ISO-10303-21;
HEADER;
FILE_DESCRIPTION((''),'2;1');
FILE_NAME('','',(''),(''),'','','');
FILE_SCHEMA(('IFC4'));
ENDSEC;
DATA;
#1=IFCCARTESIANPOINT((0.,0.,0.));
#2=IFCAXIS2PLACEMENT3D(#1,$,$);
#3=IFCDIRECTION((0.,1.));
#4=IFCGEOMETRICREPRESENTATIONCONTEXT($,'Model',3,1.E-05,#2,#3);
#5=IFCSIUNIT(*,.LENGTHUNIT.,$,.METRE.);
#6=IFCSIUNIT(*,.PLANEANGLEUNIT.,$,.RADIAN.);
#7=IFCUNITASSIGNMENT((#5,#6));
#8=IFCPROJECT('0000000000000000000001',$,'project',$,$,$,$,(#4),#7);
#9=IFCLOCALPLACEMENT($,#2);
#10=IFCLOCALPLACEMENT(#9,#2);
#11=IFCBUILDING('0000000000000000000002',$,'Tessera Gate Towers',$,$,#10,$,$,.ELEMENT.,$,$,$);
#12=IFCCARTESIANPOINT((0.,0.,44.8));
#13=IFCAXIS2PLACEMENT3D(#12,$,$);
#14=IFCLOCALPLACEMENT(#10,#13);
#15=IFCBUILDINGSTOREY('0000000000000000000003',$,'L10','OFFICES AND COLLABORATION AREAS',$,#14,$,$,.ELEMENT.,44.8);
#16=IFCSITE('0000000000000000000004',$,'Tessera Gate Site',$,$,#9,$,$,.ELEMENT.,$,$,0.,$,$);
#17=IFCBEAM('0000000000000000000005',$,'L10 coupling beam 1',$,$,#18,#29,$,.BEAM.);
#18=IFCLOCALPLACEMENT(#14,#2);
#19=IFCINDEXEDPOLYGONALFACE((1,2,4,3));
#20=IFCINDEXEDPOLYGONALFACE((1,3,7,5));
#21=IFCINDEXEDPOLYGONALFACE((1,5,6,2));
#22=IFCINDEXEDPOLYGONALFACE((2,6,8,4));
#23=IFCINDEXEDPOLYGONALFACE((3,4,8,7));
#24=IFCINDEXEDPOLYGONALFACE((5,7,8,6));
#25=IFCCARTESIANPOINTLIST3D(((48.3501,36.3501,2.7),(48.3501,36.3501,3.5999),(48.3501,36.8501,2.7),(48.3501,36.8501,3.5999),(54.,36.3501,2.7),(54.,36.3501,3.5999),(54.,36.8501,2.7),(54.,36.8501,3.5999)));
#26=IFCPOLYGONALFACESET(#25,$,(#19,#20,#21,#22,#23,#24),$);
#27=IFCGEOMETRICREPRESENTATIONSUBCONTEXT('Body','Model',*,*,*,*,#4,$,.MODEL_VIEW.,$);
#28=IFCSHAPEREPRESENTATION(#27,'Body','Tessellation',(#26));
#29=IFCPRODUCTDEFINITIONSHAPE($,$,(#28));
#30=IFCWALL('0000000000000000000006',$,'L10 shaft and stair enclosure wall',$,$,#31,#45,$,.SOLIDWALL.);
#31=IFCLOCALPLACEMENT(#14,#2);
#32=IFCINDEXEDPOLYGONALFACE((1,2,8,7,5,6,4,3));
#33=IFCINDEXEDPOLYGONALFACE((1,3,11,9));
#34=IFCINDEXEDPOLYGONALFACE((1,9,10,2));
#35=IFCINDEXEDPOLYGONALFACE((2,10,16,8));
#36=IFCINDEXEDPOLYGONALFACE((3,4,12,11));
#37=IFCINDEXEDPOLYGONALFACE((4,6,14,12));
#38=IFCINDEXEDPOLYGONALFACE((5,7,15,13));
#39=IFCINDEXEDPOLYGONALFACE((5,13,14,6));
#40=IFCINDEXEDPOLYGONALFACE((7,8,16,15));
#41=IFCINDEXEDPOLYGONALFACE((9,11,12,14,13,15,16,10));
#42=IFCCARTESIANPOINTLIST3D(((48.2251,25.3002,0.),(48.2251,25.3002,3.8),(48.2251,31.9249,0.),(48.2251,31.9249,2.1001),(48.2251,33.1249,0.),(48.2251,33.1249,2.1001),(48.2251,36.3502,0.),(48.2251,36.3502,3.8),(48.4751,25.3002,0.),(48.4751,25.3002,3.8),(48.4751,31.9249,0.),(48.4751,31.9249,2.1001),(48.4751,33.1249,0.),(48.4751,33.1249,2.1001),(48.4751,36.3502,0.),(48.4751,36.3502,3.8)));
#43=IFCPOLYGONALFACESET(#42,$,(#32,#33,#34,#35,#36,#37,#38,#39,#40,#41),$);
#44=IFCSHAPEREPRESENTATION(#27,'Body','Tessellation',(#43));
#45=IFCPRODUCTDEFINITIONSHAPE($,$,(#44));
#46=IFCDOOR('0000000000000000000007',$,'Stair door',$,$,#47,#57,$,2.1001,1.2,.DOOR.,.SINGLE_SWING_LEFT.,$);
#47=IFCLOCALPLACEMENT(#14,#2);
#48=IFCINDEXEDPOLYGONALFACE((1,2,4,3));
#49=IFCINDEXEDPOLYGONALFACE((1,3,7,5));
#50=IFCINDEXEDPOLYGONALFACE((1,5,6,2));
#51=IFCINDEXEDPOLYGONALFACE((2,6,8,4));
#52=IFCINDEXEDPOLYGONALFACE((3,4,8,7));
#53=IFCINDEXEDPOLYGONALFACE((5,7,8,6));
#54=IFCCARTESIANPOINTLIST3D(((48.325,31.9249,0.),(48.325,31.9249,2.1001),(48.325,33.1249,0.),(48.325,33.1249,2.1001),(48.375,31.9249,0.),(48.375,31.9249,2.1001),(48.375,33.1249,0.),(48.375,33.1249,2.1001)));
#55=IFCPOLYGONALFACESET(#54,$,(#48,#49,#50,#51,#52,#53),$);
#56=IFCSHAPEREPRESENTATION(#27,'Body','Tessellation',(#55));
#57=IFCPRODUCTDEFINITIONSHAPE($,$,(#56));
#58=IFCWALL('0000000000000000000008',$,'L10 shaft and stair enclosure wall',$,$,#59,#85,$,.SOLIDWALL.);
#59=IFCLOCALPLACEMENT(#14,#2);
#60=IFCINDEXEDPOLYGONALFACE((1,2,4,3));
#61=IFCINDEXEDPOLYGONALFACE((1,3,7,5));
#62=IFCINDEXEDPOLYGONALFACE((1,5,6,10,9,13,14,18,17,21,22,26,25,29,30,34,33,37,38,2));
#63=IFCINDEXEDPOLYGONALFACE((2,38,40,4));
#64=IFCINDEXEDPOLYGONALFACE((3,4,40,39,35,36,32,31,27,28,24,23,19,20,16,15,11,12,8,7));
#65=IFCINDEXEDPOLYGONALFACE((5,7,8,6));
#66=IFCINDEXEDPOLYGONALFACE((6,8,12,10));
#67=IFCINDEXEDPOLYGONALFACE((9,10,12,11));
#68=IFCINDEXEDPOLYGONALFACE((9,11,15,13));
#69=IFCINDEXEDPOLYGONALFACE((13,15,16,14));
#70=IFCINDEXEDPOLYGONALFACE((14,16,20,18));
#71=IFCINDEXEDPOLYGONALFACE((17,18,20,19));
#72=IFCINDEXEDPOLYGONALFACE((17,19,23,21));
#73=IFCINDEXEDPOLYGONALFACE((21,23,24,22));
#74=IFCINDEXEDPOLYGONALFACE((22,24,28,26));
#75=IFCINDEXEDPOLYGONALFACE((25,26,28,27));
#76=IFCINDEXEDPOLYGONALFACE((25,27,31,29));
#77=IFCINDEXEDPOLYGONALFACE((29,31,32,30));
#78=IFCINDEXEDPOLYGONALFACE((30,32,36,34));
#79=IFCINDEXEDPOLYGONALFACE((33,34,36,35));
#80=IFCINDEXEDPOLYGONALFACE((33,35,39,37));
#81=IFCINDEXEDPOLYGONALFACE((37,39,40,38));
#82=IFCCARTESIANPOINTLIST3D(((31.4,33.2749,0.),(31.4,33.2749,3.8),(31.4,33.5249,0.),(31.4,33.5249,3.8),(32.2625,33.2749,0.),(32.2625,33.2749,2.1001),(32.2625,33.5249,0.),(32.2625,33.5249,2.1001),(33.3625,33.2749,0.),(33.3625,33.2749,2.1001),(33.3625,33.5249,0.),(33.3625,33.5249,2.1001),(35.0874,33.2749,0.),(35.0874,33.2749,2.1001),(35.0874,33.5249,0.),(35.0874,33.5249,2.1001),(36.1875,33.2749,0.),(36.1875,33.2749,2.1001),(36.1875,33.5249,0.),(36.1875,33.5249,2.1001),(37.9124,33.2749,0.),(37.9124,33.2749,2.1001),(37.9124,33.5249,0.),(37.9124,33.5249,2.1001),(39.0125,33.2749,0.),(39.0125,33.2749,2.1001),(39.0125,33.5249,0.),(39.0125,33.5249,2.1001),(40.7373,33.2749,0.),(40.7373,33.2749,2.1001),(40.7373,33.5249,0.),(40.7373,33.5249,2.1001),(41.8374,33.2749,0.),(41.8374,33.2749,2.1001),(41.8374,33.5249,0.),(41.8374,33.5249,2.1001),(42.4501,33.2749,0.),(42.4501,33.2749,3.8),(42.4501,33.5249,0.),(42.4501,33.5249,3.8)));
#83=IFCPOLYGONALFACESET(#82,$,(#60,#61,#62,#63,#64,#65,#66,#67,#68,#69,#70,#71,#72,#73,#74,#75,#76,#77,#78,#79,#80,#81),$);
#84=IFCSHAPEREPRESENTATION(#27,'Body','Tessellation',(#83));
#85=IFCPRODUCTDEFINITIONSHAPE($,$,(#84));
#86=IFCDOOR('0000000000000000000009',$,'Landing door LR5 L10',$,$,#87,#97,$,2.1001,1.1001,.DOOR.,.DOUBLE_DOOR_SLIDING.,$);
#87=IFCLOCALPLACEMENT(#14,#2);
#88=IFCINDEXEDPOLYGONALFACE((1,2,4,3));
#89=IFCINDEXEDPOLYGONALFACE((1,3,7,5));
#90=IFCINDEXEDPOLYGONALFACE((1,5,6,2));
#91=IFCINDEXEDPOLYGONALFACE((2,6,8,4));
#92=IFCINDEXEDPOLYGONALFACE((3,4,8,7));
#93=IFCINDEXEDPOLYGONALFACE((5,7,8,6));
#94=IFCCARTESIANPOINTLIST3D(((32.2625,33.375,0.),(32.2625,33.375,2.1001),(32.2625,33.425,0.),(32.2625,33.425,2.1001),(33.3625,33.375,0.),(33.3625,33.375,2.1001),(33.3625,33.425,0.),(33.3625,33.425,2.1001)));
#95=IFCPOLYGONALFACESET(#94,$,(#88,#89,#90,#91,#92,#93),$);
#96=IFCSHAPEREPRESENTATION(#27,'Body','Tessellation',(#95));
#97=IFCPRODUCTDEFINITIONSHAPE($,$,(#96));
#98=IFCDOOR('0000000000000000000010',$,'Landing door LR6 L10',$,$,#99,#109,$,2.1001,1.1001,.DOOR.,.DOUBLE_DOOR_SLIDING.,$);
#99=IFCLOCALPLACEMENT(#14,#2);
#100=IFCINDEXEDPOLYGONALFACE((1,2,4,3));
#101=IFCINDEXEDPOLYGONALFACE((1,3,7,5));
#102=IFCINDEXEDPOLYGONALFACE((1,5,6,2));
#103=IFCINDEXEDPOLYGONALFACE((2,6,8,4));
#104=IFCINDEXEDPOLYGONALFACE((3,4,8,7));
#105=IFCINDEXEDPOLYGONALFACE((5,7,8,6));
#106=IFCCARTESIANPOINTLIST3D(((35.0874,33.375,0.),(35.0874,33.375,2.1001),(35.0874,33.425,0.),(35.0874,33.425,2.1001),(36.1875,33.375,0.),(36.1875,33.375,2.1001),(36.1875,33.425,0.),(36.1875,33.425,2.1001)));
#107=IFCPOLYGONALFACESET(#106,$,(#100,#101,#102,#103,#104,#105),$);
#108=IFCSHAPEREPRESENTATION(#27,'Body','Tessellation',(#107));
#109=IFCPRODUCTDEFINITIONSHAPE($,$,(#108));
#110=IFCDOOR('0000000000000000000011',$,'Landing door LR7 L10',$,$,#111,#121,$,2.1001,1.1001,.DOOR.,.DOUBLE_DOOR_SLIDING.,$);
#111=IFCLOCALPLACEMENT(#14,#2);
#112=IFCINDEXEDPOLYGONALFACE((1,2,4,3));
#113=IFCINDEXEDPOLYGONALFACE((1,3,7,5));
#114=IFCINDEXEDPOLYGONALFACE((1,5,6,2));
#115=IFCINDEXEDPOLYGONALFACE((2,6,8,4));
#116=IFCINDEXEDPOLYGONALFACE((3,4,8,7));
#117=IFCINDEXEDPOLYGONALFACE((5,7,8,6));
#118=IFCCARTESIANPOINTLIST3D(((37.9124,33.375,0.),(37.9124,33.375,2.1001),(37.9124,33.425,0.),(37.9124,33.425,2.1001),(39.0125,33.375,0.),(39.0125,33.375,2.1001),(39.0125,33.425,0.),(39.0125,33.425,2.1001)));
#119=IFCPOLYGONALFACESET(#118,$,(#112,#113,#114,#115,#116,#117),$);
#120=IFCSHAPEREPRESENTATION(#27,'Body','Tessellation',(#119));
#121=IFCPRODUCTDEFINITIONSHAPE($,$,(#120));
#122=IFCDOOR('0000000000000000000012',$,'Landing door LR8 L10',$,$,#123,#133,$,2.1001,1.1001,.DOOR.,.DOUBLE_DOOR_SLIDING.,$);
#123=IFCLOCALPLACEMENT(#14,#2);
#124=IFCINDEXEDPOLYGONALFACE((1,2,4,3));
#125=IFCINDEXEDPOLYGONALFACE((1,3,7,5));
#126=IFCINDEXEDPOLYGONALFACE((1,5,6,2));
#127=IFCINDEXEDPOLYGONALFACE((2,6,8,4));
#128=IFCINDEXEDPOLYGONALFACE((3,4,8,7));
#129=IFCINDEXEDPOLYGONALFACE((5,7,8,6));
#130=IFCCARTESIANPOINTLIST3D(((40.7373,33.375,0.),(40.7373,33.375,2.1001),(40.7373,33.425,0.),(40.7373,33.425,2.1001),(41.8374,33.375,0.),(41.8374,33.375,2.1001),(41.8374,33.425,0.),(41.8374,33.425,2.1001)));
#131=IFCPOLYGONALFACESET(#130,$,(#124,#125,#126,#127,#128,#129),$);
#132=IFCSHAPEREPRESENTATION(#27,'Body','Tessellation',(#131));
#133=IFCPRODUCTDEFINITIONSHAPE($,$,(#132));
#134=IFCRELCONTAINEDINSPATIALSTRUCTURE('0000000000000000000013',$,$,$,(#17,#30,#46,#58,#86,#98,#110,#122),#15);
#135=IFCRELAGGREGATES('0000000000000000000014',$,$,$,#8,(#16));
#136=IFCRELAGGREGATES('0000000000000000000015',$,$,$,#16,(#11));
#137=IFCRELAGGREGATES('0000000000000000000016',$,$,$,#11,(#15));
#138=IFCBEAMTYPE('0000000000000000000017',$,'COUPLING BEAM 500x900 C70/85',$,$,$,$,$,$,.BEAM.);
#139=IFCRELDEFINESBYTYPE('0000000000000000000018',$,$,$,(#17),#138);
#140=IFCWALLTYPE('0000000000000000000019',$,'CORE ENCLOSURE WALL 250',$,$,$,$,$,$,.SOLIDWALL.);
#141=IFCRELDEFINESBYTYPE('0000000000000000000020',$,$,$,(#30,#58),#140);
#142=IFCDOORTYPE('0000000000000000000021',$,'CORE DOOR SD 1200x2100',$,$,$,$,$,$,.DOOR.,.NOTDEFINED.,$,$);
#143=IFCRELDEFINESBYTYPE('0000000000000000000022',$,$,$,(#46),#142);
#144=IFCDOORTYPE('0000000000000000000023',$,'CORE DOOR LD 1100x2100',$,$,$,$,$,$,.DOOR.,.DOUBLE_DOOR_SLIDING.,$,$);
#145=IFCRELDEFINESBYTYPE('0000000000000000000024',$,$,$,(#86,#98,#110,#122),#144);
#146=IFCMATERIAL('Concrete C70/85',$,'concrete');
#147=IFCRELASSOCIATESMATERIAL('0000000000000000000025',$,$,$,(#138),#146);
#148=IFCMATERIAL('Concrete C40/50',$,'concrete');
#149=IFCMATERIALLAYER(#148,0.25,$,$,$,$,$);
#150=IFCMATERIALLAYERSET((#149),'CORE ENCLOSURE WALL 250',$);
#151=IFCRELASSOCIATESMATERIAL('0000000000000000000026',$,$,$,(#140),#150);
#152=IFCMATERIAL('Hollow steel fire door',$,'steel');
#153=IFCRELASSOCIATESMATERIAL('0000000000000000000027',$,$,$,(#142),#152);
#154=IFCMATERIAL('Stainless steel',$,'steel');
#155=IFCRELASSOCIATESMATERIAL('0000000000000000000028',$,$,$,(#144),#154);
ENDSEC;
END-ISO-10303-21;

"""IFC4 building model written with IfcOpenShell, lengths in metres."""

from ifc_helpers import new_model, si_unit, direction, frame, frame_2d, origin, origin_2d, place, context, subcontext, project, spatial, rectangle, extrude, source, transform, mapped, material, layer, layer_set, material_profile, profile_set, type_object, element, fill, save


model = new_model("IFC4")

# Units and contexts
model_context = context("Model", 3, precision=1e-05, world=origin(), true_north=direction((0.0, 1.0)))
body_context = subcontext(model_context, "Body", "Model", "MODEL_VIEW")
ifc_project = project(units=[si_unit("LENGTHUNIT", "METRE"), si_unit("PLANEANGLEUNIT", "RADIAN")], contexts=[model_context])

# Site, building, storey
site_placement = place(None, origin())
site = spatial("IfcSite", under=ifc_project, at=site_placement, Name="Tessera Gate Site", CompositionType="ELEMENT", RefElevation=0.0)
building_placement = place(site_placement, origin())
building = spatial("IfcBuilding", under=site, at=building_placement, Name="Tessera Gate Towers", CompositionType="ELEMENT")
storey_placement = place(building_placement, frame((0.0, 0.0, 44.8)))
storey = spatial("IfcBuildingStorey", under=building, at=storey_placement, Name="L10", Description="OFFICES AND COLLABORATION AREAS", CompositionType="ELEMENT", Elevation=44.8)

# Beam
ifc_material_1 = material(Name="Concrete C70/85", Category="concrete")
ifc_material_profile = material_profile(ifc_material_1, rectangle(XDim=0.5, YDim=0.8999, at=origin_2d()), Name="RC 500x900")
ifc_profile_set = profile_set([ifc_material_profile], Name="Concrete C70/85")
beam_type = type_object("IfcBeamType", Name="COUPLING BEAM 500x900 C70/85", PredefinedType="BEAM", material=ifc_profile_set)
beam_placement = place(storey_placement, frame((48.3501, 36.6001, 3.1499), z_axis=(1.0, 0.0, 0.0), x_axis=(0.0, 1.0, 0.0)))
element("IfcBeam", 1, at=beam_placement, inside=storey, type_object=beam_type, Name="L10 coupling beam 1", PredefinedType="BEAM", context=body_context, shape_type="SweptSolid", body=[
    extrude(rectangle(XDim=0.5, YDim=0.8999, at=origin_2d()), origin(), (0.0, 0.0, 1.0), 5.6499),
])

# Wall, opening, door
ifc_material_2 = material(Name="Concrete C40/50", Category="concrete")
ifc_layer_1 = layer(ifc_material_2, 0.25)
ifc_layer_set_1 = layer_set([ifc_layer_1], Name="CORE ENCLOSURE WALL 250")
wall_type_1 = type_object("IfcWallType", Name="CORE ENCLOSURE WALL 250", PredefinedType="SOLIDWALL", material=ifc_layer_set_1)
wall_1_placement = place(storey_placement, frame((48.3501, 36.3501, 0.0), z_axis=(0.0, 0.0, 1.0), x_axis=(0.0, -1.0, 0.0)))
wall_1 = element("IfcWall", 2, at=wall_1_placement, inside=storey, type_object=wall_type_1, Name="L10 shaft and stair enclosure wall", PredefinedType="SOLIDWALL", context=body_context, shape_type="SweptSolid", body=[
    extrude(rectangle(XDim=11.05, YDim=0.25, at=frame_2d((5.5249, 0.0))), origin(), (0.0, 0.0, 1.0), 3.8),
])
shared_shape_1 = source(origin(), body_context, "Body", "SweptSolid", [
    extrude(rectangle(XDim=1.2, YDim=2.1001, at=frame_2d((0.6001, 1.05))), frame((0.0, 0.135, 0.0), z_axis=(0.0, -1.0, 0.0), x_axis=(1.0, 0.0, 0.0)), (0.0, 0.0, 1.0), 0.27),
])
opening_1_placement = place(wall_1_placement, frame((3.2251, 0.0, 0.0)))
opening_1 = element("IfcOpeningElement", 3, at=opening_1_placement, cuts=wall_1, PredefinedType="OPENING", context=body_context, shape_type="MappedRepresentation", body=[
    mapped(shared_shape_1, transform((0.0, 0.0, 0.0), scale=1.0)),
])
ifc_material_3 = material(Name="Hollow steel fire door", Category="steel")
door_type_1 = type_object("IfcDoorType", Name="CORE DOOR SD 1200x2100", OperationType="NOTDEFINED", PredefinedType="DOOR", material=ifc_material_3)
shared_shape_2 = source(origin(), body_context, "Body", "SweptSolid", [
    extrude(rectangle(XDim=1.2, YDim=2.1001, at=frame_2d((0.6001, 1.05))), frame((0.0, 0.0249, 0.0), z_axis=(0.0, -1.0, 0.0), x_axis=(1.0, 0.0, 0.0)), (0.0, 0.0, 1.0), 0.05),
])
door_1_placement = place(opening_1_placement, origin())
door_1 = element("IfcDoor", 4, at=door_1_placement, inside=storey, type_object=door_type_1, Name="Stair door", OperationType="SINGLE_SWING_LEFT", OverallHeight=2.1001, OverallWidth=1.2, PredefinedType="DOOR", context=body_context, shape_type="MappedRepresentation", body=[
    mapped(shared_shape_2, transform((0.0, 0.0, 0.0), scale=1.0)),
])
fill(opening_1, door_1)

# Wall, openings, doors
wall_2_placement = place(storey_placement, frame((42.45, 33.3999, 0.0), z_axis=(0.0, 0.0, 1.0), x_axis=(-1.0, 0.0, 0.0)))
wall_2 = element("IfcWall", 5, at=wall_2_placement, inside=storey, type_object=wall_type_1, Name="L10 shaft and stair enclosure wall", PredefinedType="SOLIDWALL", context=body_context, shape_type="SweptSolid", body=[
    extrude(rectangle(XDim=11.05, YDim=0.25, at=frame_2d((5.5249, 0.0))), origin(), (0.0, 0.0, 1.0), 3.8),
])
shared_shape_3 = source(origin(), body_context, "Body", "SweptSolid", [
    extrude(rectangle(XDim=1.1001, YDim=2.1001, at=frame_2d((0.55, 1.05))), frame((0.0, 0.135, 0.0), z_axis=(0.0, -1.0, 0.0), x_axis=(1.0, 0.0, 0.0)), (0.0, 0.0, 1.0), 0.27),
])
opening_2_placement = place(wall_2_placement, frame((9.0874, 0.0, 0.0)))
opening_2 = element("IfcOpeningElement", 6, at=opening_2_placement, cuts=wall_2, PredefinedType="OPENING", context=body_context, shape_type="MappedRepresentation", body=[
    mapped(shared_shape_3, transform((0.0, 0.0, 0.0), scale=1.0)),
])
opening_3_placement = place(wall_2_placement, frame((6.2625, 0.0, 0.0)))
opening_3 = element("IfcOpeningElement", 7, at=opening_3_placement, cuts=wall_2, PredefinedType="OPENING", context=body_context, shape_type="MappedRepresentation", body=[
    mapped(shared_shape_3, transform((0.0, 0.0, 0.0), scale=1.0)),
])
opening_4_placement = place(wall_2_placement, frame((3.4375, 0.0, 0.0)))
opening_4 = element("IfcOpeningElement", 8, at=opening_4_placement, cuts=wall_2, PredefinedType="OPENING", context=body_context, shape_type="MappedRepresentation", body=[
    mapped(shared_shape_3, transform((0.0, 0.0, 0.0), scale=1.0)),
])
opening_5_placement = place(wall_2_placement, frame((0.6125, 0.0, 0.0)))
opening_5 = element("IfcOpeningElement", 9, at=opening_5_placement, cuts=wall_2, PredefinedType="OPENING", context=body_context, shape_type="MappedRepresentation", body=[
    mapped(shared_shape_3, transform((0.0, 0.0, 0.0), scale=1.0)),
])
ifc_material_4 = material(Name="Stainless steel", Category="steel")
door_type_2 = type_object("IfcDoorType", Name="CORE DOOR LD 1100x2100", OperationType="DOUBLE_DOOR_SLIDING", PredefinedType="DOOR", material=ifc_material_4)
shared_shape_4 = source(origin(), body_context, "Body", "SweptSolid", [
    extrude(rectangle(XDim=1.1001, YDim=2.1001, at=frame_2d((0.55, 1.05))), frame((0.0, 0.0249, 0.0), z_axis=(0.0, -1.0, 0.0), x_axis=(1.0, 0.0, 0.0)), (0.0, 0.0, 1.0), 0.05),
])
door_2_placement = place(opening_2_placement, origin())
door_2 = element("IfcDoor", 10, at=door_2_placement, inside=storey, type_object=door_type_2, Name="Landing door LR5 L10", OperationType="DOUBLE_DOOR_SLIDING", OverallHeight=2.1001, OverallWidth=1.1001, PredefinedType="DOOR", context=body_context, shape_type="MappedRepresentation", body=[
    mapped(shared_shape_4, transform((0.0, 0.0, 0.0), scale=1.0)),
])
fill(opening_2, door_2)
door_3_placement = place(opening_3_placement, origin())
door_3 = element("IfcDoor", 11, at=door_3_placement, inside=storey, type_object=door_type_2, Name="Landing door LR6 L10", OperationType="DOUBLE_DOOR_SLIDING", OverallHeight=2.1001, OverallWidth=1.1001, PredefinedType="DOOR", context=body_context, shape_type="MappedRepresentation", body=[
    mapped(shared_shape_4, transform((0.0, 0.0, 0.0), scale=1.0)),
])
fill(opening_3, door_3)
door_4_placement = place(opening_4_placement, origin())
door_4 = element("IfcDoor", 12, at=door_4_placement, inside=storey, type_object=door_type_2, Name="Landing door LR7 L10", OperationType="DOUBLE_DOOR_SLIDING", OverallHeight=2.1001, OverallWidth=1.1001, PredefinedType="DOOR", context=body_context, shape_type="MappedRepresentation", body=[
    mapped(shared_shape_4, transform((0.0, 0.0, 0.0), scale=1.0)),
])
fill(opening_4, door_4)
door_5_placement = place(opening_5_placement, origin())
door_5 = element("IfcDoor", 13, at=door_5_placement, inside=storey, type_object=door_type_2, Name="Landing door LR8 L10", OperationType="DOUBLE_DOOR_SLIDING", OverallHeight=2.1001, OverallWidth=1.1001, PredefinedType="DOOR", context=body_context, shape_type="MappedRepresentation", body=[
    mapped(shared_shape_4, transform((0.0, 0.0, 0.0), scale=1.0)),
])
fill(opening_5, door_5)

save(model, "model.ifc")
